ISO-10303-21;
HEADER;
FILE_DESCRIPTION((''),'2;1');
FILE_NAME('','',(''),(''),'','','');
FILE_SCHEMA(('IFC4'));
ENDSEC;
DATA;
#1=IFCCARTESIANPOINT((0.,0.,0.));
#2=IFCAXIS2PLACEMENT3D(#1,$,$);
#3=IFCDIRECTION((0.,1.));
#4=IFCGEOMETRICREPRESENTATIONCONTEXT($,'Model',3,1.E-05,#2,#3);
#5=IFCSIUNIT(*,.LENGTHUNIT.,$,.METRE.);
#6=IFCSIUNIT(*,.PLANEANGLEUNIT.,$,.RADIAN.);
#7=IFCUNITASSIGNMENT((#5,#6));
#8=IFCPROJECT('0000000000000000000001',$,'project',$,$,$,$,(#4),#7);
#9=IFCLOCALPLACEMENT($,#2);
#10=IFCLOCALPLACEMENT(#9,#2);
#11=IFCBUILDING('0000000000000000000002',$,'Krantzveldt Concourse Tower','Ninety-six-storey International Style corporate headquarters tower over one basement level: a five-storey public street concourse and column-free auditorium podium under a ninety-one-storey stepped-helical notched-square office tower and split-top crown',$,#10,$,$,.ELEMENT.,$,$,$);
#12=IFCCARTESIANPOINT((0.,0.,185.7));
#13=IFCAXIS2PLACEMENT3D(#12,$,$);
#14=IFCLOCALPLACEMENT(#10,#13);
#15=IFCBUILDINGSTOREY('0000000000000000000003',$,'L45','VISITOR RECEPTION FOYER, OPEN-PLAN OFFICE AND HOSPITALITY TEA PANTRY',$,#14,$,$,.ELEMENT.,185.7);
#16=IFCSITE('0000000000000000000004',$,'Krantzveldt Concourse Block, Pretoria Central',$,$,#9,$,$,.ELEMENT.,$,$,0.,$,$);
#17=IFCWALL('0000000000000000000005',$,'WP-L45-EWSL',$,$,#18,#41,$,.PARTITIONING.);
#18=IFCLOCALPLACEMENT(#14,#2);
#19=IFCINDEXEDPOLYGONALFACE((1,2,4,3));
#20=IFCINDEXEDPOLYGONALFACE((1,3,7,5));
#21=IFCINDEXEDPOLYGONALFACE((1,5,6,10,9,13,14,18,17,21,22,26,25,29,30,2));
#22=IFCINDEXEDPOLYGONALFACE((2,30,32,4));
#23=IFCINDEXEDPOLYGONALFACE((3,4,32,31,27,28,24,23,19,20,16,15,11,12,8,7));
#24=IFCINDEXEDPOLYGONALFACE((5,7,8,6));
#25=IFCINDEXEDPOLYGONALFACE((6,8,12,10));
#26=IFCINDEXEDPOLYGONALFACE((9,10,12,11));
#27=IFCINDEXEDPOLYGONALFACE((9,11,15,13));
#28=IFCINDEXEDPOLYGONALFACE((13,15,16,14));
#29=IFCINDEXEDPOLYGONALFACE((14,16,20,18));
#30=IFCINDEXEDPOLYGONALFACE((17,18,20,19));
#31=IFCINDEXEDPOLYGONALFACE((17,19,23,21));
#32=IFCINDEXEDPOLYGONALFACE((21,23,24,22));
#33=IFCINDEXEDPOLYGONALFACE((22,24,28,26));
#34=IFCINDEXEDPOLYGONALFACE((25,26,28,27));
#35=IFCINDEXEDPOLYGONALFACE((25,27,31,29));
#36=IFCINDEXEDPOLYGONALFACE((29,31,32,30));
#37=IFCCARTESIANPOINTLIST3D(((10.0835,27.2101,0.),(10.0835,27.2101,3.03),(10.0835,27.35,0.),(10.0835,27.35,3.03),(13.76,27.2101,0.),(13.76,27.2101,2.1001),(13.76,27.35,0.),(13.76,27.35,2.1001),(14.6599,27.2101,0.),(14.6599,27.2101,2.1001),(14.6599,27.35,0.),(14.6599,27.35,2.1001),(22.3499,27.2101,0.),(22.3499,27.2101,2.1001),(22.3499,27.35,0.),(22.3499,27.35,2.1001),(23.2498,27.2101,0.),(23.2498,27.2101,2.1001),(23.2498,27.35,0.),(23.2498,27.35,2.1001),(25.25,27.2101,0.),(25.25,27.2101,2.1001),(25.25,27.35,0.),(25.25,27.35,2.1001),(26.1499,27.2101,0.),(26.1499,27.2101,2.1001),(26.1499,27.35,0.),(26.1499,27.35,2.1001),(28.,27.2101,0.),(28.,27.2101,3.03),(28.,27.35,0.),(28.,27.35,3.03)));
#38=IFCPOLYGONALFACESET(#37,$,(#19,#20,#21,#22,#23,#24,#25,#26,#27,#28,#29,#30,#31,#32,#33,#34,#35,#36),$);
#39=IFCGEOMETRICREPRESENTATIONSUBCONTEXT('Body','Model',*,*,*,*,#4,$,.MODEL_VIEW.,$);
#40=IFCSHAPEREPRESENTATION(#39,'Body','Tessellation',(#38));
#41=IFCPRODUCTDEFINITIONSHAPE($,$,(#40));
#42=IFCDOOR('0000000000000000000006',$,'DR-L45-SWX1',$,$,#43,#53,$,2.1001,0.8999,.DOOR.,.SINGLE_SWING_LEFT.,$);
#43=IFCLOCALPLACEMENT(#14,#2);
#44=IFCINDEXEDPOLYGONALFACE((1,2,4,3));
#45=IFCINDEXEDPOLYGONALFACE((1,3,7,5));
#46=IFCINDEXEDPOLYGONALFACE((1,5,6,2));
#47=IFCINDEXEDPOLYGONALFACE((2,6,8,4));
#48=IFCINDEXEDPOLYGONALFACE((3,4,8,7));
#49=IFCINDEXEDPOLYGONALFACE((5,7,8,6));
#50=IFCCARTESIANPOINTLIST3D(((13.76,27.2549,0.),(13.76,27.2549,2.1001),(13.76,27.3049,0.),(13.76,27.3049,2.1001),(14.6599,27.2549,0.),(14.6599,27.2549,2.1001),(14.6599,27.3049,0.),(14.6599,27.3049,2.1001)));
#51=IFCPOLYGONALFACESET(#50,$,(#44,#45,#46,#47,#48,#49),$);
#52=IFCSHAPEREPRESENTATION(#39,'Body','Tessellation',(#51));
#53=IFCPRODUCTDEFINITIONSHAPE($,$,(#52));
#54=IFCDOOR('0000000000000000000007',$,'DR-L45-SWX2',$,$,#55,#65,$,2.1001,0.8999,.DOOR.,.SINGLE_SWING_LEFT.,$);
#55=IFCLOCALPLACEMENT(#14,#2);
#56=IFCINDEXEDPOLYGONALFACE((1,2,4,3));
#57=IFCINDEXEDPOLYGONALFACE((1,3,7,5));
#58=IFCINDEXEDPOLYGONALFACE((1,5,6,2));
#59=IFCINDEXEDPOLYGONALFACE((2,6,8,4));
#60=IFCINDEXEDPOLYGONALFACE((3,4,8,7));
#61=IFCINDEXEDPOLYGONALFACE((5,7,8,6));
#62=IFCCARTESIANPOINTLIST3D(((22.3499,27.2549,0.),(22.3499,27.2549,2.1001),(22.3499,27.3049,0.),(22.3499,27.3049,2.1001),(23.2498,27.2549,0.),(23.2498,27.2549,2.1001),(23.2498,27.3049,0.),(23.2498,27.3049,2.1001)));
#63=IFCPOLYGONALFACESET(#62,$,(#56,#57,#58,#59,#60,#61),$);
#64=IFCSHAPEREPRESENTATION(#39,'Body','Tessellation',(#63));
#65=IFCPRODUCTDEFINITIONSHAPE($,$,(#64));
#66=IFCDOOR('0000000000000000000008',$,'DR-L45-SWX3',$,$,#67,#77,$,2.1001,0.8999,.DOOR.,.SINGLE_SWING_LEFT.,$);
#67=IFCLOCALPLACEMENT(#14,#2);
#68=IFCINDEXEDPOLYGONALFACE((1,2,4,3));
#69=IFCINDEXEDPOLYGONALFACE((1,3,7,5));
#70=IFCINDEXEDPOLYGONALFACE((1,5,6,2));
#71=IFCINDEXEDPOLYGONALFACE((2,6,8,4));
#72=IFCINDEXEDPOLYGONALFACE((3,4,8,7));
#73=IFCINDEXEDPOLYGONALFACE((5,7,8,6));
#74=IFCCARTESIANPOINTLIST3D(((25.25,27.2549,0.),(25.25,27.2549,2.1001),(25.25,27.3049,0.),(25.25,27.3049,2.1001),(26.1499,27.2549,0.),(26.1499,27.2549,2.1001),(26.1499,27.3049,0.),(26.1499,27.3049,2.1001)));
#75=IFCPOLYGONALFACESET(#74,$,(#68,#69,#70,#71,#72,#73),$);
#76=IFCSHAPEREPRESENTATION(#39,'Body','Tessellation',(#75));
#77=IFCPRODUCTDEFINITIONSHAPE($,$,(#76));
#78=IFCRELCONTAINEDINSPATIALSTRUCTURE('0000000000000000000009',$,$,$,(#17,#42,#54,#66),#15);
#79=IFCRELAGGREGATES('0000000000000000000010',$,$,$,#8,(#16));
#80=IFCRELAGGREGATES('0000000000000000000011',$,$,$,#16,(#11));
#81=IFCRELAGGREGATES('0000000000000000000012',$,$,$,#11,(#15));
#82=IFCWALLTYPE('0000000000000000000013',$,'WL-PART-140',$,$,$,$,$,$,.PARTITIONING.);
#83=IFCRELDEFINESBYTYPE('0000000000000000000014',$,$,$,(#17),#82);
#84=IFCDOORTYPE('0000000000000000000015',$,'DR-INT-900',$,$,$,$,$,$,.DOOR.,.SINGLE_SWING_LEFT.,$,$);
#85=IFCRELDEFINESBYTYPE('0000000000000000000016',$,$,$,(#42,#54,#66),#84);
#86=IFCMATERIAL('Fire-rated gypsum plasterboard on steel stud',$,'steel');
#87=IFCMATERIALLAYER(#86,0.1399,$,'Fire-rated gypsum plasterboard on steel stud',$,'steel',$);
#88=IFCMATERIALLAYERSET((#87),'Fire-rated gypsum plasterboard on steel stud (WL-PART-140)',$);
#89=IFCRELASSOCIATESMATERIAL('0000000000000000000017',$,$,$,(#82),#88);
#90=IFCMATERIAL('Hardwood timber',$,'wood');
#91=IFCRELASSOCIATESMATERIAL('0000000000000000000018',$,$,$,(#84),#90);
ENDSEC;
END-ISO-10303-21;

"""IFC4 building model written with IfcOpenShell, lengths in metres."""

from ifc_helpers import new_model, si_unit, direction, frame, frame_2d, origin, place, context, subcontext, project, spatial, rectangle, extrude, material, layer, layer_set, type_object, element, fill, save


model = new_model("IFC4")

# Units and contexts
model_context = context("Model", 3, precision=1e-05, world=origin(), true_north=direction((0.0, 1.0)))
body_context = subcontext(model_context, "Body", "Model", "MODEL_VIEW")
ifc_project = project(units=[si_unit("LENGTHUNIT", "METRE"), si_unit("PLANEANGLEUNIT", "RADIAN")], contexts=[model_context])

# Site, building, storey
site_placement = place(None, origin())
site = spatial("IfcSite", under=ifc_project, at=site_placement, Name="Krantzveldt Concourse Block, Pretoria Central", CompositionType="ELEMENT", RefElevation=0.0)
building_placement = place(site_placement, origin())
building = spatial("IfcBuilding", under=site, at=building_placement, Name="Krantzveldt Concourse Tower", Description="Ninety-six-storey International Style corporate headquarters tower over one basement level: a five-storey public street concourse and column-free auditorium podium under a ninety-one-storey stepped-helical notched-square office tower and split-top crown", CompositionType="ELEMENT")
storey_placement = place(building_placement, frame((0.0, 0.0, 185.7)))
storey = spatial("IfcBuildingStorey", under=building, at=storey_placement, Name="L45", Description="VISITOR RECEPTION FOYER, OPEN-PLAN OFFICE AND HOSPITALITY TEA PANTRY", CompositionType="ELEMENT", Elevation=185.7)

# Shared definitions
ifc_material_1 = material(Name="Fire-rated gypsum plasterboard on steel stud", Category="steel")

# Wall, openings, doors
ifc_layer_1 = layer(ifc_material_1, 0.1399, Name="Fire-rated gypsum plasterboard on steel stud", Category="steel")
ifc_layer_set_1 = layer_set([ifc_layer_1], Name="Fire-rated gypsum plasterboard on steel stud (WL-PART-140)")
wall_type_1 = type_object("IfcWallType", Name="WL-PART-140", PredefinedType="PARTITIONING", material=ifc_layer_set_1)
ifc_material_2 = material(Name="Hardwood timber", Category="wood")
door_type = type_object("IfcDoorType", Name="DR-INT-900", OperationType="SINGLE_SWING_LEFT", PredefinedType="DOOR", material=ifc_material_2)
wall_1_placement = place(storey_placement, frame((10.0835, 27.28, 0.0), z_axis=(0.0, 0.0, 1.0), x_axis=(1.0, 0.0, 0.0)))
wall_1 = element("IfcWall", 1, at=wall_1_placement, inside=storey, type_object=wall_type_1, Name="WP-L45-EWSL", PredefinedType="PARTITIONING", context=body_context, shape_type="SweptSolid", body=[
    extrude(rectangle(XDim=17.9165, YDim=0.1399, at=frame_2d((8.9583, 0.0))), origin(), (0.0, 0.0, 1.0), 3.03),
])
opening_1_placement = place(wall_1_placement, frame((3.6765, 0.0, 0.0)))
opening_1 = element("IfcOpeningElement", 2, at=opening_1_placement, cuts=wall_1, PredefinedType="OPENING", context=body_context, shape_type="SweptSolid", body=[
    extrude(rectangle(XDim=0.8999, YDim=2.1001, at=frame_2d((0.45, 1.05))), frame((0.0, 0.0801, 0.0), z_axis=(0.0, -1.0, 0.0), x_axis=(1.0, 0.0, 0.0)), (0.0, 0.0, 1.0), 0.1599),
])
opening_2_placement = place(wall_1_placement, frame((12.2664, 0.0, 0.0)))
opening_2 = element("IfcOpeningElement", 3, at=opening_2_placement, cuts=wall_1, PredefinedType="OPENING", context=body_context, shape_type="SweptSolid", body=[
    extrude(rectangle(XDim=0.8999, YDim=2.1001, at=frame_2d((0.45, 1.05))), frame((0.0, 0.0801, 0.0), z_axis=(0.0, -1.0, 0.0), x_axis=(1.0, 0.0, 0.0)), (0.0, 0.0, 1.0), 0.1599),
])
opening_3_placement = place(wall_1_placement, frame((15.1665, 0.0, 0.0)))
opening_3 = element("IfcOpeningElement", 4, at=opening_3_placement, cuts=wall_1, PredefinedType="OPENING", context=body_context, shape_type="SweptSolid", body=[
    extrude(rectangle(XDim=0.8999, YDim=2.1001, at=frame_2d((0.45, 1.05))), frame((0.0, 0.0801, 0.0), z_axis=(0.0, -1.0, 0.0), x_axis=(1.0, 0.0, 0.0)), (0.0, 0.0, 1.0), 0.1599),
])
door_1_placement = place(opening_1_placement, origin())
door_1 = element("IfcDoor", 5, at=door_1_placement, inside=storey, type_object=door_type, Name="DR-L45-SWX1", OperationType="SINGLE_SWING_LEFT", OverallHeight=2.1001, OverallWidth=0.8999, PredefinedType="DOOR", context=body_context, shape_type="SweptSolid", body=[
    extrude(rectangle(XDim=0.8999, YDim=2.1001, at=frame_2d((0.45, 1.05))), frame((0.0, 0.0249, 0.0), z_axis=(0.0, -1.0, 0.0), x_axis=(1.0, 0.0, 0.0)), (0.0, 0.0, 1.0), 0.05),
])
fill(opening_1, door_1)
door_2_placement = place(opening_2_placement, origin())
door_2 = element("IfcDoor", 6, at=door_2_placement, inside=storey, type_object=door_type, Name="DR-L45-SWX2", OperationType="SINGLE_SWING_LEFT", OverallHeight=2.1001, OverallWidth=0.8999, PredefinedType="DOOR", context=body_context, shape_type="SweptSolid", body=[
    extrude(rectangle(XDim=0.8999, YDim=2.1001, at=frame_2d((0.45, 1.05))), frame((0.0, 0.0249, 0.0), z_axis=(0.0, -1.0, 0.0), x_axis=(1.0, 0.0, 0.0)), (0.0, 0.0, 1.0), 0.05),
])
fill(opening_2, door_2)
door_3_placement = place(opening_3_placement, origin())
door_3 = element("IfcDoor", 7, at=door_3_placement, inside=storey, type_object=door_type, Name="DR-L45-SWX3", OperationType="SINGLE_SWING_LEFT", OverallHeight=2.1001, OverallWidth=0.8999, PredefinedType="DOOR", context=body_context, shape_type="SweptSolid", body=[
    extrude(rectangle(XDim=0.8999, YDim=2.1001, at=frame_2d((0.45, 1.05))), frame((0.0, 0.0249, 0.0), z_axis=(0.0, -1.0, 0.0), x_axis=(1.0, 0.0, 0.0)), (0.0, 0.0, 1.0), 0.05),
])
fill(opening_3, door_3)

save(model, "model.ifc")
